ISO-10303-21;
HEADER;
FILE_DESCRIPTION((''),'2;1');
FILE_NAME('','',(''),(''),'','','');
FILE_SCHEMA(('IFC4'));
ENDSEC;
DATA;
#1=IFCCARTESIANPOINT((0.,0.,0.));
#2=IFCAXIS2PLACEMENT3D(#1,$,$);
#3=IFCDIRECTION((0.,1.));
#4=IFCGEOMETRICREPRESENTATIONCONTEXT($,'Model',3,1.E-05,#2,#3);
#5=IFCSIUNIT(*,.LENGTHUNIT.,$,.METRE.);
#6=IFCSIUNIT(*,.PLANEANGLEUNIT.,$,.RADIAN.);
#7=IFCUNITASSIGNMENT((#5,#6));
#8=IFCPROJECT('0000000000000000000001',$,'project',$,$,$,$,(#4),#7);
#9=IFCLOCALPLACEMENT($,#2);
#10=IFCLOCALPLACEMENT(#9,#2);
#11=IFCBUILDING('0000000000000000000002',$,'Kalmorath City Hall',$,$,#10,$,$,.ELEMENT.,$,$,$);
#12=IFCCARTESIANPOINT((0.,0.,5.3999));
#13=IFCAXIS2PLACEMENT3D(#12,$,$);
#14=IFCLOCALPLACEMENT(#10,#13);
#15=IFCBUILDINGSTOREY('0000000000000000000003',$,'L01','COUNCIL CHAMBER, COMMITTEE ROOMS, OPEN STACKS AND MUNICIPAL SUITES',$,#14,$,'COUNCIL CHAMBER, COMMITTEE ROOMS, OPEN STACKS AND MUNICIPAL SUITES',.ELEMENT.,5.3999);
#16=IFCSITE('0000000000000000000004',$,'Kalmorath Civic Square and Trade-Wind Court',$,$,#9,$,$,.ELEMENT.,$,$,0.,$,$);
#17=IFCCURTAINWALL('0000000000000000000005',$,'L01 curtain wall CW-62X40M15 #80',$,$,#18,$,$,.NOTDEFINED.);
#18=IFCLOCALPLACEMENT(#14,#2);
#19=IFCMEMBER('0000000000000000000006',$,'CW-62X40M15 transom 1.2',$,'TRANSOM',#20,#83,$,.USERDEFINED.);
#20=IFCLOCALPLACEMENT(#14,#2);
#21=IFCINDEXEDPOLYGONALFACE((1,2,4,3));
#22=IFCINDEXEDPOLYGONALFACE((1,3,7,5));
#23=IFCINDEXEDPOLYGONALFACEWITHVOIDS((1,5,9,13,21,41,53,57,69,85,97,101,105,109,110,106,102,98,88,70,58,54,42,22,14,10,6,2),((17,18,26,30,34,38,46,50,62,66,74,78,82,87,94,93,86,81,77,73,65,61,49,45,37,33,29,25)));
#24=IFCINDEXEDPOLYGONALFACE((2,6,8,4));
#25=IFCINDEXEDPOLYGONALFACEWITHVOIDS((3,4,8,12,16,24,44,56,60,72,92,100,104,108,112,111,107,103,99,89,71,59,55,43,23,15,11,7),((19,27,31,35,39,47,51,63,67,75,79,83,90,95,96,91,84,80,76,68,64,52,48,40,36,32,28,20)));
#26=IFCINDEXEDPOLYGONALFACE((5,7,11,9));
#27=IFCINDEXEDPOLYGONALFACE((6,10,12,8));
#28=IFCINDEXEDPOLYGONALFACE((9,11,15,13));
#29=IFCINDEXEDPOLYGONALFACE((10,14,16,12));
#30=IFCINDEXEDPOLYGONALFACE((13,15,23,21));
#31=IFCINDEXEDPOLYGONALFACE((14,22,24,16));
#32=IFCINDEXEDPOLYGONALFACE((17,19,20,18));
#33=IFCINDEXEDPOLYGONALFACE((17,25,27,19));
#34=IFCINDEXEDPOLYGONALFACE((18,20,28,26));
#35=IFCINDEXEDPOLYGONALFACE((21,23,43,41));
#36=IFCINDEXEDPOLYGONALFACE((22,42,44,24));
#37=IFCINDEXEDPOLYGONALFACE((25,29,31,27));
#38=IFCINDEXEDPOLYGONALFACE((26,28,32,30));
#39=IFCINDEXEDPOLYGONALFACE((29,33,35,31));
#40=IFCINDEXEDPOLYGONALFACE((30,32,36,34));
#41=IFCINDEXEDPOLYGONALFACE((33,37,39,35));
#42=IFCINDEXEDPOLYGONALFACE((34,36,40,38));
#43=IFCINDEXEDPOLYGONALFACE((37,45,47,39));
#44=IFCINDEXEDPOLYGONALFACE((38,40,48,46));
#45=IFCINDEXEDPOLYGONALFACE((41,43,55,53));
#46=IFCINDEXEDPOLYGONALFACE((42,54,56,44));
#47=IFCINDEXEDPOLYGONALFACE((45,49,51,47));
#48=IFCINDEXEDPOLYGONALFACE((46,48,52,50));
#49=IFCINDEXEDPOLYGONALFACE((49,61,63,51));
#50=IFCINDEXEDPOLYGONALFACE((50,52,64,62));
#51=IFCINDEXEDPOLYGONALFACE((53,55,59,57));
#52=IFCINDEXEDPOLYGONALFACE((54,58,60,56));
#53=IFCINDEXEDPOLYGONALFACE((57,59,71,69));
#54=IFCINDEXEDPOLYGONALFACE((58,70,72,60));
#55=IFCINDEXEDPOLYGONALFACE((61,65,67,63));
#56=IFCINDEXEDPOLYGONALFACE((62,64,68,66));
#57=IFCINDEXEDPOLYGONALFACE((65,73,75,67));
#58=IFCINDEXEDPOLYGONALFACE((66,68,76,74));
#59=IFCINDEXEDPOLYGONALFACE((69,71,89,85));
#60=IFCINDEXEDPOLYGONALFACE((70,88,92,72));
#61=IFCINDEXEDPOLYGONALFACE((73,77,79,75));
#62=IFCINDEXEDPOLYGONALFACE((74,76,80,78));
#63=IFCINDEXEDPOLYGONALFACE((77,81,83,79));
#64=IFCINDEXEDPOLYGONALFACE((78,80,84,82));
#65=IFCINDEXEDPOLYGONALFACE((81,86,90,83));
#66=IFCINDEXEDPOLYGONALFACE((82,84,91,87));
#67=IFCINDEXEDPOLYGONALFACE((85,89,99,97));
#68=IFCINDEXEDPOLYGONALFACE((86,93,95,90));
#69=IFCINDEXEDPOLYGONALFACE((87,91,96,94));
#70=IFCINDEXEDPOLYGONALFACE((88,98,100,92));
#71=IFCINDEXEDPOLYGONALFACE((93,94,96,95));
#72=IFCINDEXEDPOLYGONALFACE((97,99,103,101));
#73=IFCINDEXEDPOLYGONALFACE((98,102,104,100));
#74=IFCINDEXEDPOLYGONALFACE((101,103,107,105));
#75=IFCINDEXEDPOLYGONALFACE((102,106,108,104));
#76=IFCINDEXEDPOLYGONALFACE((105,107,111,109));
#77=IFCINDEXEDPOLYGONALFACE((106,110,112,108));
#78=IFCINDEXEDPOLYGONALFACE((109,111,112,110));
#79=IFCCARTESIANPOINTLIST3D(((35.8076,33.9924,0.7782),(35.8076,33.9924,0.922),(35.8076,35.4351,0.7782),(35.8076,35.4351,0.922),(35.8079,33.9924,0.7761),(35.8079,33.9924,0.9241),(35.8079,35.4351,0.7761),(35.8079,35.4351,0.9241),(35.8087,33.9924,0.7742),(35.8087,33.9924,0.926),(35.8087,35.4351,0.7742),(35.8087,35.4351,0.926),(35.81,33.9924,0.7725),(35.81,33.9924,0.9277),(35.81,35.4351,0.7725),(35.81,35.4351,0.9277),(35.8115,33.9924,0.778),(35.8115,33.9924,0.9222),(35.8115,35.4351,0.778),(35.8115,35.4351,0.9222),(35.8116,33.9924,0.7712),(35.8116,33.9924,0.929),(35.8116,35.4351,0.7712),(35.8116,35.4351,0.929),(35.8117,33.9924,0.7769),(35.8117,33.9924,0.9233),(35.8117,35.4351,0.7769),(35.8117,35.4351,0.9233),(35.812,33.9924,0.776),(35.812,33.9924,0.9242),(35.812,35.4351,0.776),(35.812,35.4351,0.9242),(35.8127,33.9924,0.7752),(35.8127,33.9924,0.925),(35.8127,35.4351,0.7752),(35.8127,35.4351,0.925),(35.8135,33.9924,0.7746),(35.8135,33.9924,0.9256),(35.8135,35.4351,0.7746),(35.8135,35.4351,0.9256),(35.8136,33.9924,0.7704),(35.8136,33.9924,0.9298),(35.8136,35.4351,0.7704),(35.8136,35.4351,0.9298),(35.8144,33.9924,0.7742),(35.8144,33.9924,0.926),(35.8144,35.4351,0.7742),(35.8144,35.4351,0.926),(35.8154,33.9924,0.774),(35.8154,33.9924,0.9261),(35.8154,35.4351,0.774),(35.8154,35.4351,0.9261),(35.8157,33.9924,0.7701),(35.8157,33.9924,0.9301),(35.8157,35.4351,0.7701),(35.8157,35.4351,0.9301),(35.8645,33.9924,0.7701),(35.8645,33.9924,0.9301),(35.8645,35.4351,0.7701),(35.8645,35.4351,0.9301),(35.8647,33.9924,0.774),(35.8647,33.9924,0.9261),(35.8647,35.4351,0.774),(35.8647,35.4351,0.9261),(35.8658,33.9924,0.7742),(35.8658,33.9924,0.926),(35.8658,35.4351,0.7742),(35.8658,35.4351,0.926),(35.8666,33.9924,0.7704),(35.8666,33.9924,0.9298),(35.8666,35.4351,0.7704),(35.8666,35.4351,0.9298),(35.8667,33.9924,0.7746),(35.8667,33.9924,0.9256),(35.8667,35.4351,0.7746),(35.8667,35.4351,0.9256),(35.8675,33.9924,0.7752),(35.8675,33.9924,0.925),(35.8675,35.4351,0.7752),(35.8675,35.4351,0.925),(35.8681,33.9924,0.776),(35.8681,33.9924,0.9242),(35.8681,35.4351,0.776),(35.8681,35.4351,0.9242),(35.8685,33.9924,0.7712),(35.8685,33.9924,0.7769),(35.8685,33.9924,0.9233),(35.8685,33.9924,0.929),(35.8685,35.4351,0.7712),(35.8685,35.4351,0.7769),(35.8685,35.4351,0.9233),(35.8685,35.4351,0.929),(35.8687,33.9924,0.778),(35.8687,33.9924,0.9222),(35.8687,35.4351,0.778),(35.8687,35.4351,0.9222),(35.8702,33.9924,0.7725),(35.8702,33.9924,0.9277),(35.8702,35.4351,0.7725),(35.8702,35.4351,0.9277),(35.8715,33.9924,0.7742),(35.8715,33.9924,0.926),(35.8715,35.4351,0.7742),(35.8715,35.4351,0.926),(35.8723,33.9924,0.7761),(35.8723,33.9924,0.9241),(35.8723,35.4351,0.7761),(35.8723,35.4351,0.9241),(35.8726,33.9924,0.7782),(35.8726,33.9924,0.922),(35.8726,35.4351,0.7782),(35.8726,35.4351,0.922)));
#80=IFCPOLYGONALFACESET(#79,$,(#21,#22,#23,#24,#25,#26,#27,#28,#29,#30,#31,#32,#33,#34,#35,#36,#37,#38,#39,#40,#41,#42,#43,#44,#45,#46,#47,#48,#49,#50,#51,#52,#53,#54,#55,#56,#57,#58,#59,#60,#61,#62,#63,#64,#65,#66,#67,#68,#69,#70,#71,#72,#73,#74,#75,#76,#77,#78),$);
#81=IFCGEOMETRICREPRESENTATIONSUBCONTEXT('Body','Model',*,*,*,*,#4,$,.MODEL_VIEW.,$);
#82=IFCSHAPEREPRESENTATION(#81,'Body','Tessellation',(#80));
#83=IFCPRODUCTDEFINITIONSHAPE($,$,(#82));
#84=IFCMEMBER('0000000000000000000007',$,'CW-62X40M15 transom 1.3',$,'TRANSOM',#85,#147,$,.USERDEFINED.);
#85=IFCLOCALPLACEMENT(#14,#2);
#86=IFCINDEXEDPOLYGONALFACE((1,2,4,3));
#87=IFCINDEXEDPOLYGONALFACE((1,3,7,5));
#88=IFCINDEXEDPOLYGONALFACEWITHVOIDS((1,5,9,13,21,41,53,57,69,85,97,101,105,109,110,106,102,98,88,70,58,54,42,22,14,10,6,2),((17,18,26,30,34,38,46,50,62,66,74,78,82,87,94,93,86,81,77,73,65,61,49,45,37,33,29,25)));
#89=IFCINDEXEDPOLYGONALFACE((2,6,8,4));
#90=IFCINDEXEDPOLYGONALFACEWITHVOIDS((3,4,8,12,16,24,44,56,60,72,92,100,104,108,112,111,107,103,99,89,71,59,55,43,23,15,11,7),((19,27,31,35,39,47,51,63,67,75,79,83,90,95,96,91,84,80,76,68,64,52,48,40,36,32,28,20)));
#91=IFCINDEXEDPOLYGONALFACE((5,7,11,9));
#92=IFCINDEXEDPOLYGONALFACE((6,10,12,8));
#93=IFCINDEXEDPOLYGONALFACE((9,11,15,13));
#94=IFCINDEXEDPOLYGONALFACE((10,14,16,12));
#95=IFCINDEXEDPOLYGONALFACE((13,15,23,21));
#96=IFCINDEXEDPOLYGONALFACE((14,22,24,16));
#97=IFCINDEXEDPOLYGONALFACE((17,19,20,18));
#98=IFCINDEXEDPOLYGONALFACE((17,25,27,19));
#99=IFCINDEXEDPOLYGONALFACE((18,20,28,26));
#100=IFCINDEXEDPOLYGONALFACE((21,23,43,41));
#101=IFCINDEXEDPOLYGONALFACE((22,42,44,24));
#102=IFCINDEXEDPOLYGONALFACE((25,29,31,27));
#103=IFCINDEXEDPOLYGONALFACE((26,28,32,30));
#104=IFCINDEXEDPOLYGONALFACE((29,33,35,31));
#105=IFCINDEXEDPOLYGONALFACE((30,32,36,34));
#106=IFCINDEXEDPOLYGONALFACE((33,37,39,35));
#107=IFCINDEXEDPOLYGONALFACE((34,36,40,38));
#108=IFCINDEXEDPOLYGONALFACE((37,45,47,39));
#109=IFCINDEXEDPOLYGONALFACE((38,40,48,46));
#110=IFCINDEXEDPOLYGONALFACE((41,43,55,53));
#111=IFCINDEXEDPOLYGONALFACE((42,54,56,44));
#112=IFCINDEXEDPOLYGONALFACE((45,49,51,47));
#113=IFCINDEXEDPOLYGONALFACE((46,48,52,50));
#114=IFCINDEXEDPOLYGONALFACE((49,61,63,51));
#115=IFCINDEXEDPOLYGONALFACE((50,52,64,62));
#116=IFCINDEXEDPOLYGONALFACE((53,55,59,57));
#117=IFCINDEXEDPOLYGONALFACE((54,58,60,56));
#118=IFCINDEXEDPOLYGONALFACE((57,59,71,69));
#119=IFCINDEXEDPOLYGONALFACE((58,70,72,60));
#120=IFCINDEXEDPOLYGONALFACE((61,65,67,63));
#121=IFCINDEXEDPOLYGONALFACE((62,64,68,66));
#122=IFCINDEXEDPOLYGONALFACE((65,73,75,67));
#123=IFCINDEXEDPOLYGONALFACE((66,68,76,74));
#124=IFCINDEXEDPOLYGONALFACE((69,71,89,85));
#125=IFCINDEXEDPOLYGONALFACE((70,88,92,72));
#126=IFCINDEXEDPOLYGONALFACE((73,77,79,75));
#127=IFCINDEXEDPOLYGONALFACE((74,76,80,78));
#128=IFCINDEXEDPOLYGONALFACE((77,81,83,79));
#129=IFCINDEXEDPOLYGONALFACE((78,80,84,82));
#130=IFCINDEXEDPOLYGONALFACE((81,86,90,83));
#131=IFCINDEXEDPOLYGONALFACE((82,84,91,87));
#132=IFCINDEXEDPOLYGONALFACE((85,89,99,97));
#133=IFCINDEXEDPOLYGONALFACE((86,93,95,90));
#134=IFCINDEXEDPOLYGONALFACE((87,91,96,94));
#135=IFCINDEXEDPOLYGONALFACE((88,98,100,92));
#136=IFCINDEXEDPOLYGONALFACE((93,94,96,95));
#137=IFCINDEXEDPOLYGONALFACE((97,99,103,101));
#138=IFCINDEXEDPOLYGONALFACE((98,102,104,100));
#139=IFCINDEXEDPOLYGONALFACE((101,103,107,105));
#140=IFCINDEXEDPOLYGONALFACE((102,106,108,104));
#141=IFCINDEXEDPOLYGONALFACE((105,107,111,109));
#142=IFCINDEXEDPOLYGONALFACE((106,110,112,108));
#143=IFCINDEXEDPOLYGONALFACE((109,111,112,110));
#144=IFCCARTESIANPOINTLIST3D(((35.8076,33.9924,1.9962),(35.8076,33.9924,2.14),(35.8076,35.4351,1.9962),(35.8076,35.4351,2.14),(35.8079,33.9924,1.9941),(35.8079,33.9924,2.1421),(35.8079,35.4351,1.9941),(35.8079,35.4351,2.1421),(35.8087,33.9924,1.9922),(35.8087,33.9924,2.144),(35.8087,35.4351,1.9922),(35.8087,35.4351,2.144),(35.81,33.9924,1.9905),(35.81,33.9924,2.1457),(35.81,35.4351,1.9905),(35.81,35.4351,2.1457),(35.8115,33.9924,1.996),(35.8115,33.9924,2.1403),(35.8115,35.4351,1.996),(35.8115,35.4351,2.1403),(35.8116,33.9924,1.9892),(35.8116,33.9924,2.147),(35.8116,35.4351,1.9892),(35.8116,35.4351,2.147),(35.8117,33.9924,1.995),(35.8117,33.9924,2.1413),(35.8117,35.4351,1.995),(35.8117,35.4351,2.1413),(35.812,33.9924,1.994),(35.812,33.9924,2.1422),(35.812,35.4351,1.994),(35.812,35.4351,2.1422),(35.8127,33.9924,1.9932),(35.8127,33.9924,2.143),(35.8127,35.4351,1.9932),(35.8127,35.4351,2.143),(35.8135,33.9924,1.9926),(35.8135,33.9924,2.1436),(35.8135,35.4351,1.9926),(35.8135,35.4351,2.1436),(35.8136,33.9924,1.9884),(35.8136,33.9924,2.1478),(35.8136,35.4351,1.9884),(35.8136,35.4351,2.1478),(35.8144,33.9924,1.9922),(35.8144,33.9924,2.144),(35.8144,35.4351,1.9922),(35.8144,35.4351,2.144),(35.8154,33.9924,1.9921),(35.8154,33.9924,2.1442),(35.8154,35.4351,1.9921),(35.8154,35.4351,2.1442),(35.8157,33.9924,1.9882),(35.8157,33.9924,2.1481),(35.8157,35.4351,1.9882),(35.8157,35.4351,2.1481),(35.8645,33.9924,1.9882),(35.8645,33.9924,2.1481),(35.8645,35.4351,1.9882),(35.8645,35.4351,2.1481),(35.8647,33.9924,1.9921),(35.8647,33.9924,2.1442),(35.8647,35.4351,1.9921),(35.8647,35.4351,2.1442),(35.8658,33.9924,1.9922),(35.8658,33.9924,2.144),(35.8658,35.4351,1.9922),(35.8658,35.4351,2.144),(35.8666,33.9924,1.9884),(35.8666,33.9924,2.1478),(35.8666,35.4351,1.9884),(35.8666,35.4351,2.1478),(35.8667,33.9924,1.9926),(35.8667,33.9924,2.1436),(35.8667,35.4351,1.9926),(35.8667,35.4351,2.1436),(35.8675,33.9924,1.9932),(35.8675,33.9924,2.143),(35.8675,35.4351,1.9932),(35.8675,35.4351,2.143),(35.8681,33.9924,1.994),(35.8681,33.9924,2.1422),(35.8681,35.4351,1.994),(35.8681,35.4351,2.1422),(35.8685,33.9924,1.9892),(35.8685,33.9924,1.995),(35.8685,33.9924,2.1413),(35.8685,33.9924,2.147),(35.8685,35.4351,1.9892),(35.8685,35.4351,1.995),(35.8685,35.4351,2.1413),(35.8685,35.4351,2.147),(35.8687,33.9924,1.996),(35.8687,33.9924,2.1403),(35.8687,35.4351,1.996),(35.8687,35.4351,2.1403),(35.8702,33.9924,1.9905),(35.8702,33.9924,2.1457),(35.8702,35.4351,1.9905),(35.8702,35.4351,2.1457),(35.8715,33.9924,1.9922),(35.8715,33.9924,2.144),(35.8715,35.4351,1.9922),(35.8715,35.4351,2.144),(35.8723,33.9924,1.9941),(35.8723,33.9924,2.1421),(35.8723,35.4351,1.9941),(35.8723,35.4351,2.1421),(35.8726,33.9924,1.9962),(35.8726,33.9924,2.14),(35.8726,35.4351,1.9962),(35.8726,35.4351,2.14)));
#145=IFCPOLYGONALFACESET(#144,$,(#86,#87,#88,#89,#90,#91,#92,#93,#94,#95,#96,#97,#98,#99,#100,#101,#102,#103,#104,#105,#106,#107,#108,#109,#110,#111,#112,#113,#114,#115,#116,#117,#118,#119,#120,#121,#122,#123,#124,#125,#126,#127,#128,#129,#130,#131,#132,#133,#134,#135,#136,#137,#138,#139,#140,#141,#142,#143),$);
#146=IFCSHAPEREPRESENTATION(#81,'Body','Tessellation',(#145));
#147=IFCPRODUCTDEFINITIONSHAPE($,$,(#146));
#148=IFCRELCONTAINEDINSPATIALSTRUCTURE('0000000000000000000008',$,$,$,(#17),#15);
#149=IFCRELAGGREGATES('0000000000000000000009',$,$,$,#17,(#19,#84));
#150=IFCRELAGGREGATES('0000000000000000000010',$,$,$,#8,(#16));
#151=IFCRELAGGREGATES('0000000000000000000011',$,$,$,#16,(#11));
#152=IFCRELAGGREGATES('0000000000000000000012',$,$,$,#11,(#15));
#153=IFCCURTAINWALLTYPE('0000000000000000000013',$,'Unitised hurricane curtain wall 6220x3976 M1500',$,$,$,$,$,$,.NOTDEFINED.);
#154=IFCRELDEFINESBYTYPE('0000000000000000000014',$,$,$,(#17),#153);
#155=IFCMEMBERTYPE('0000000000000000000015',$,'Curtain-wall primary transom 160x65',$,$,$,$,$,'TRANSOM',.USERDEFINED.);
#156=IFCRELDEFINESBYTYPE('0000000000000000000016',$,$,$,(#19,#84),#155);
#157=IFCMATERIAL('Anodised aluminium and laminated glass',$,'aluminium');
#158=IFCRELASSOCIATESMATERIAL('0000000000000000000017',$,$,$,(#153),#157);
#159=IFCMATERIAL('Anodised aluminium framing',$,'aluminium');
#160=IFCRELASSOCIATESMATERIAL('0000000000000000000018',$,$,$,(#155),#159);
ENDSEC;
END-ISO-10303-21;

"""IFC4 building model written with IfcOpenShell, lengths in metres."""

from ifc_helpers import new_model, si_unit, direction, frame, origin, origin_2d, place, context, subcontext, project, spatial, hollow_rectangle, extrude, material, material_profile, profile_set, type_object, element, aggregate, save


model = new_model("IFC4")

# Units and contexts
model_context = context("Model", 3, precision=1e-05, world=origin(), true_north=direction((0.0, 1.0)))
body_context = subcontext(model_context, "Body", "Model", "MODEL_VIEW")
ifc_project = project(units=[si_unit("LENGTHUNIT", "METRE"), si_unit("PLANEANGLEUNIT", "RADIAN")], contexts=[model_context])

# Site, building, storey
site_placement = place(None, origin())
site = spatial("IfcSite", under=ifc_project, at=site_placement, Name="Kalmorath Civic Square and Trade-Wind Court", CompositionType="ELEMENT", RefElevation=0.0)
building_placement = place(site_placement, origin())
building = spatial("IfcBuilding", under=site, at=building_placement, Name="Kalmorath City Hall", CompositionType="ELEMENT")
storey_placement = place(building_placement, frame((0.0, 0.0, 5.3999)))
storey = spatial("IfcBuildingStorey", under=building, at=storey_placement, Name="L01", Description="COUNCIL CHAMBER, COMMITTEE ROOMS, OPEN STACKS AND MUNICIPAL SUITES", LongName="COUNCIL CHAMBER, COMMITTEE ROOMS, OPEN STACKS AND MUNICIPAL SUITES", CompositionType="ELEMENT", Elevation=5.3999)

# Curtain wall
ifc_material_1 = material(Name="Anodised aluminium and laminated glass", Category="aluminium")
curtain_wall_type_1 = type_object("IfcCurtainWallType", Name="Unitised hurricane curtain wall 6220x3976 M1500", PredefinedType="NOTDEFINED", material=ifc_material_1)
curtain_wall_1_placement = place(storey_placement, origin())
curtain_wall_1 = element("IfcCurtainWall", 1, at=curtain_wall_1_placement, inside=storey, type_object=curtain_wall_type_1, Name="L01 curtain wall CW-62X40M15 #80", PredefinedType="NOTDEFINED")

# Members
ifc_material_2 = material(Name="Anodised aluminium framing", Category="aluminium")
ifc_material_profile_1 = material_profile(ifc_material_2, hollow_rectangle(XDim=0.0649, YDim=0.1599, WallThickness=0.0039, InnerFilletRadius=0.0039, OuterFilletRadius=0.0081, at=origin_2d()), Name="ALU-TRN-160X65X4")
ifc_profile_set_1 = profile_set([ifc_material_profile_1], Name="Anodised aluminium framing")
member_type_1 = type_object("IfcMemberType", Name="Curtain-wall primary transom 160x65", ElementType="TRANSOM", PredefinedType="USERDEFINED", material=ifc_profile_set_1)
member_1_placement = place(storey_placement, frame((35.8401, 35.4351, 0.8501), z_axis=(0.0, -1.0, 0.0), x_axis=(1.0, 0.0, 0.0)))
member_1 = element("IfcMember", 2, at=member_1_placement, type_object=member_type_1, Name="CW-62X40M15 transom 1.2", ObjectType="TRANSOM", PredefinedType="USERDEFINED", context=body_context, shape_type="SweptSolid", body=[
    extrude(hollow_rectangle(XDim=0.0649, YDim=0.1599, WallThickness=0.0039, InnerFilletRadius=0.0039, OuterFilletRadius=0.0081, at=origin_2d()), origin(), (0.0, 0.0, 1.0), 1.4426),
])
member_2_placement = place(storey_placement, frame((35.8401, 35.4351, 2.0681), z_axis=(0.0, -1.0, 0.0), x_axis=(1.0, 0.0, 0.0)))
member_2 = element("IfcMember", 3, at=member_2_placement, type_object=member_type_1, Name="CW-62X40M15 transom 1.3", ObjectType="TRANSOM", PredefinedType="USERDEFINED", context=body_context, shape_type="SweptSolid", body=[
    extrude(hollow_rectangle(XDim=0.0649, YDim=0.1599, WallThickness=0.0039, InnerFilletRadius=0.0039, OuterFilletRadius=0.0081, at=origin_2d()), origin(), (0.0, 0.0, 1.0), 1.4426),
])

aggregate(curtain_wall_1, [member_1, member_2])

save(model, "model.ifc")
